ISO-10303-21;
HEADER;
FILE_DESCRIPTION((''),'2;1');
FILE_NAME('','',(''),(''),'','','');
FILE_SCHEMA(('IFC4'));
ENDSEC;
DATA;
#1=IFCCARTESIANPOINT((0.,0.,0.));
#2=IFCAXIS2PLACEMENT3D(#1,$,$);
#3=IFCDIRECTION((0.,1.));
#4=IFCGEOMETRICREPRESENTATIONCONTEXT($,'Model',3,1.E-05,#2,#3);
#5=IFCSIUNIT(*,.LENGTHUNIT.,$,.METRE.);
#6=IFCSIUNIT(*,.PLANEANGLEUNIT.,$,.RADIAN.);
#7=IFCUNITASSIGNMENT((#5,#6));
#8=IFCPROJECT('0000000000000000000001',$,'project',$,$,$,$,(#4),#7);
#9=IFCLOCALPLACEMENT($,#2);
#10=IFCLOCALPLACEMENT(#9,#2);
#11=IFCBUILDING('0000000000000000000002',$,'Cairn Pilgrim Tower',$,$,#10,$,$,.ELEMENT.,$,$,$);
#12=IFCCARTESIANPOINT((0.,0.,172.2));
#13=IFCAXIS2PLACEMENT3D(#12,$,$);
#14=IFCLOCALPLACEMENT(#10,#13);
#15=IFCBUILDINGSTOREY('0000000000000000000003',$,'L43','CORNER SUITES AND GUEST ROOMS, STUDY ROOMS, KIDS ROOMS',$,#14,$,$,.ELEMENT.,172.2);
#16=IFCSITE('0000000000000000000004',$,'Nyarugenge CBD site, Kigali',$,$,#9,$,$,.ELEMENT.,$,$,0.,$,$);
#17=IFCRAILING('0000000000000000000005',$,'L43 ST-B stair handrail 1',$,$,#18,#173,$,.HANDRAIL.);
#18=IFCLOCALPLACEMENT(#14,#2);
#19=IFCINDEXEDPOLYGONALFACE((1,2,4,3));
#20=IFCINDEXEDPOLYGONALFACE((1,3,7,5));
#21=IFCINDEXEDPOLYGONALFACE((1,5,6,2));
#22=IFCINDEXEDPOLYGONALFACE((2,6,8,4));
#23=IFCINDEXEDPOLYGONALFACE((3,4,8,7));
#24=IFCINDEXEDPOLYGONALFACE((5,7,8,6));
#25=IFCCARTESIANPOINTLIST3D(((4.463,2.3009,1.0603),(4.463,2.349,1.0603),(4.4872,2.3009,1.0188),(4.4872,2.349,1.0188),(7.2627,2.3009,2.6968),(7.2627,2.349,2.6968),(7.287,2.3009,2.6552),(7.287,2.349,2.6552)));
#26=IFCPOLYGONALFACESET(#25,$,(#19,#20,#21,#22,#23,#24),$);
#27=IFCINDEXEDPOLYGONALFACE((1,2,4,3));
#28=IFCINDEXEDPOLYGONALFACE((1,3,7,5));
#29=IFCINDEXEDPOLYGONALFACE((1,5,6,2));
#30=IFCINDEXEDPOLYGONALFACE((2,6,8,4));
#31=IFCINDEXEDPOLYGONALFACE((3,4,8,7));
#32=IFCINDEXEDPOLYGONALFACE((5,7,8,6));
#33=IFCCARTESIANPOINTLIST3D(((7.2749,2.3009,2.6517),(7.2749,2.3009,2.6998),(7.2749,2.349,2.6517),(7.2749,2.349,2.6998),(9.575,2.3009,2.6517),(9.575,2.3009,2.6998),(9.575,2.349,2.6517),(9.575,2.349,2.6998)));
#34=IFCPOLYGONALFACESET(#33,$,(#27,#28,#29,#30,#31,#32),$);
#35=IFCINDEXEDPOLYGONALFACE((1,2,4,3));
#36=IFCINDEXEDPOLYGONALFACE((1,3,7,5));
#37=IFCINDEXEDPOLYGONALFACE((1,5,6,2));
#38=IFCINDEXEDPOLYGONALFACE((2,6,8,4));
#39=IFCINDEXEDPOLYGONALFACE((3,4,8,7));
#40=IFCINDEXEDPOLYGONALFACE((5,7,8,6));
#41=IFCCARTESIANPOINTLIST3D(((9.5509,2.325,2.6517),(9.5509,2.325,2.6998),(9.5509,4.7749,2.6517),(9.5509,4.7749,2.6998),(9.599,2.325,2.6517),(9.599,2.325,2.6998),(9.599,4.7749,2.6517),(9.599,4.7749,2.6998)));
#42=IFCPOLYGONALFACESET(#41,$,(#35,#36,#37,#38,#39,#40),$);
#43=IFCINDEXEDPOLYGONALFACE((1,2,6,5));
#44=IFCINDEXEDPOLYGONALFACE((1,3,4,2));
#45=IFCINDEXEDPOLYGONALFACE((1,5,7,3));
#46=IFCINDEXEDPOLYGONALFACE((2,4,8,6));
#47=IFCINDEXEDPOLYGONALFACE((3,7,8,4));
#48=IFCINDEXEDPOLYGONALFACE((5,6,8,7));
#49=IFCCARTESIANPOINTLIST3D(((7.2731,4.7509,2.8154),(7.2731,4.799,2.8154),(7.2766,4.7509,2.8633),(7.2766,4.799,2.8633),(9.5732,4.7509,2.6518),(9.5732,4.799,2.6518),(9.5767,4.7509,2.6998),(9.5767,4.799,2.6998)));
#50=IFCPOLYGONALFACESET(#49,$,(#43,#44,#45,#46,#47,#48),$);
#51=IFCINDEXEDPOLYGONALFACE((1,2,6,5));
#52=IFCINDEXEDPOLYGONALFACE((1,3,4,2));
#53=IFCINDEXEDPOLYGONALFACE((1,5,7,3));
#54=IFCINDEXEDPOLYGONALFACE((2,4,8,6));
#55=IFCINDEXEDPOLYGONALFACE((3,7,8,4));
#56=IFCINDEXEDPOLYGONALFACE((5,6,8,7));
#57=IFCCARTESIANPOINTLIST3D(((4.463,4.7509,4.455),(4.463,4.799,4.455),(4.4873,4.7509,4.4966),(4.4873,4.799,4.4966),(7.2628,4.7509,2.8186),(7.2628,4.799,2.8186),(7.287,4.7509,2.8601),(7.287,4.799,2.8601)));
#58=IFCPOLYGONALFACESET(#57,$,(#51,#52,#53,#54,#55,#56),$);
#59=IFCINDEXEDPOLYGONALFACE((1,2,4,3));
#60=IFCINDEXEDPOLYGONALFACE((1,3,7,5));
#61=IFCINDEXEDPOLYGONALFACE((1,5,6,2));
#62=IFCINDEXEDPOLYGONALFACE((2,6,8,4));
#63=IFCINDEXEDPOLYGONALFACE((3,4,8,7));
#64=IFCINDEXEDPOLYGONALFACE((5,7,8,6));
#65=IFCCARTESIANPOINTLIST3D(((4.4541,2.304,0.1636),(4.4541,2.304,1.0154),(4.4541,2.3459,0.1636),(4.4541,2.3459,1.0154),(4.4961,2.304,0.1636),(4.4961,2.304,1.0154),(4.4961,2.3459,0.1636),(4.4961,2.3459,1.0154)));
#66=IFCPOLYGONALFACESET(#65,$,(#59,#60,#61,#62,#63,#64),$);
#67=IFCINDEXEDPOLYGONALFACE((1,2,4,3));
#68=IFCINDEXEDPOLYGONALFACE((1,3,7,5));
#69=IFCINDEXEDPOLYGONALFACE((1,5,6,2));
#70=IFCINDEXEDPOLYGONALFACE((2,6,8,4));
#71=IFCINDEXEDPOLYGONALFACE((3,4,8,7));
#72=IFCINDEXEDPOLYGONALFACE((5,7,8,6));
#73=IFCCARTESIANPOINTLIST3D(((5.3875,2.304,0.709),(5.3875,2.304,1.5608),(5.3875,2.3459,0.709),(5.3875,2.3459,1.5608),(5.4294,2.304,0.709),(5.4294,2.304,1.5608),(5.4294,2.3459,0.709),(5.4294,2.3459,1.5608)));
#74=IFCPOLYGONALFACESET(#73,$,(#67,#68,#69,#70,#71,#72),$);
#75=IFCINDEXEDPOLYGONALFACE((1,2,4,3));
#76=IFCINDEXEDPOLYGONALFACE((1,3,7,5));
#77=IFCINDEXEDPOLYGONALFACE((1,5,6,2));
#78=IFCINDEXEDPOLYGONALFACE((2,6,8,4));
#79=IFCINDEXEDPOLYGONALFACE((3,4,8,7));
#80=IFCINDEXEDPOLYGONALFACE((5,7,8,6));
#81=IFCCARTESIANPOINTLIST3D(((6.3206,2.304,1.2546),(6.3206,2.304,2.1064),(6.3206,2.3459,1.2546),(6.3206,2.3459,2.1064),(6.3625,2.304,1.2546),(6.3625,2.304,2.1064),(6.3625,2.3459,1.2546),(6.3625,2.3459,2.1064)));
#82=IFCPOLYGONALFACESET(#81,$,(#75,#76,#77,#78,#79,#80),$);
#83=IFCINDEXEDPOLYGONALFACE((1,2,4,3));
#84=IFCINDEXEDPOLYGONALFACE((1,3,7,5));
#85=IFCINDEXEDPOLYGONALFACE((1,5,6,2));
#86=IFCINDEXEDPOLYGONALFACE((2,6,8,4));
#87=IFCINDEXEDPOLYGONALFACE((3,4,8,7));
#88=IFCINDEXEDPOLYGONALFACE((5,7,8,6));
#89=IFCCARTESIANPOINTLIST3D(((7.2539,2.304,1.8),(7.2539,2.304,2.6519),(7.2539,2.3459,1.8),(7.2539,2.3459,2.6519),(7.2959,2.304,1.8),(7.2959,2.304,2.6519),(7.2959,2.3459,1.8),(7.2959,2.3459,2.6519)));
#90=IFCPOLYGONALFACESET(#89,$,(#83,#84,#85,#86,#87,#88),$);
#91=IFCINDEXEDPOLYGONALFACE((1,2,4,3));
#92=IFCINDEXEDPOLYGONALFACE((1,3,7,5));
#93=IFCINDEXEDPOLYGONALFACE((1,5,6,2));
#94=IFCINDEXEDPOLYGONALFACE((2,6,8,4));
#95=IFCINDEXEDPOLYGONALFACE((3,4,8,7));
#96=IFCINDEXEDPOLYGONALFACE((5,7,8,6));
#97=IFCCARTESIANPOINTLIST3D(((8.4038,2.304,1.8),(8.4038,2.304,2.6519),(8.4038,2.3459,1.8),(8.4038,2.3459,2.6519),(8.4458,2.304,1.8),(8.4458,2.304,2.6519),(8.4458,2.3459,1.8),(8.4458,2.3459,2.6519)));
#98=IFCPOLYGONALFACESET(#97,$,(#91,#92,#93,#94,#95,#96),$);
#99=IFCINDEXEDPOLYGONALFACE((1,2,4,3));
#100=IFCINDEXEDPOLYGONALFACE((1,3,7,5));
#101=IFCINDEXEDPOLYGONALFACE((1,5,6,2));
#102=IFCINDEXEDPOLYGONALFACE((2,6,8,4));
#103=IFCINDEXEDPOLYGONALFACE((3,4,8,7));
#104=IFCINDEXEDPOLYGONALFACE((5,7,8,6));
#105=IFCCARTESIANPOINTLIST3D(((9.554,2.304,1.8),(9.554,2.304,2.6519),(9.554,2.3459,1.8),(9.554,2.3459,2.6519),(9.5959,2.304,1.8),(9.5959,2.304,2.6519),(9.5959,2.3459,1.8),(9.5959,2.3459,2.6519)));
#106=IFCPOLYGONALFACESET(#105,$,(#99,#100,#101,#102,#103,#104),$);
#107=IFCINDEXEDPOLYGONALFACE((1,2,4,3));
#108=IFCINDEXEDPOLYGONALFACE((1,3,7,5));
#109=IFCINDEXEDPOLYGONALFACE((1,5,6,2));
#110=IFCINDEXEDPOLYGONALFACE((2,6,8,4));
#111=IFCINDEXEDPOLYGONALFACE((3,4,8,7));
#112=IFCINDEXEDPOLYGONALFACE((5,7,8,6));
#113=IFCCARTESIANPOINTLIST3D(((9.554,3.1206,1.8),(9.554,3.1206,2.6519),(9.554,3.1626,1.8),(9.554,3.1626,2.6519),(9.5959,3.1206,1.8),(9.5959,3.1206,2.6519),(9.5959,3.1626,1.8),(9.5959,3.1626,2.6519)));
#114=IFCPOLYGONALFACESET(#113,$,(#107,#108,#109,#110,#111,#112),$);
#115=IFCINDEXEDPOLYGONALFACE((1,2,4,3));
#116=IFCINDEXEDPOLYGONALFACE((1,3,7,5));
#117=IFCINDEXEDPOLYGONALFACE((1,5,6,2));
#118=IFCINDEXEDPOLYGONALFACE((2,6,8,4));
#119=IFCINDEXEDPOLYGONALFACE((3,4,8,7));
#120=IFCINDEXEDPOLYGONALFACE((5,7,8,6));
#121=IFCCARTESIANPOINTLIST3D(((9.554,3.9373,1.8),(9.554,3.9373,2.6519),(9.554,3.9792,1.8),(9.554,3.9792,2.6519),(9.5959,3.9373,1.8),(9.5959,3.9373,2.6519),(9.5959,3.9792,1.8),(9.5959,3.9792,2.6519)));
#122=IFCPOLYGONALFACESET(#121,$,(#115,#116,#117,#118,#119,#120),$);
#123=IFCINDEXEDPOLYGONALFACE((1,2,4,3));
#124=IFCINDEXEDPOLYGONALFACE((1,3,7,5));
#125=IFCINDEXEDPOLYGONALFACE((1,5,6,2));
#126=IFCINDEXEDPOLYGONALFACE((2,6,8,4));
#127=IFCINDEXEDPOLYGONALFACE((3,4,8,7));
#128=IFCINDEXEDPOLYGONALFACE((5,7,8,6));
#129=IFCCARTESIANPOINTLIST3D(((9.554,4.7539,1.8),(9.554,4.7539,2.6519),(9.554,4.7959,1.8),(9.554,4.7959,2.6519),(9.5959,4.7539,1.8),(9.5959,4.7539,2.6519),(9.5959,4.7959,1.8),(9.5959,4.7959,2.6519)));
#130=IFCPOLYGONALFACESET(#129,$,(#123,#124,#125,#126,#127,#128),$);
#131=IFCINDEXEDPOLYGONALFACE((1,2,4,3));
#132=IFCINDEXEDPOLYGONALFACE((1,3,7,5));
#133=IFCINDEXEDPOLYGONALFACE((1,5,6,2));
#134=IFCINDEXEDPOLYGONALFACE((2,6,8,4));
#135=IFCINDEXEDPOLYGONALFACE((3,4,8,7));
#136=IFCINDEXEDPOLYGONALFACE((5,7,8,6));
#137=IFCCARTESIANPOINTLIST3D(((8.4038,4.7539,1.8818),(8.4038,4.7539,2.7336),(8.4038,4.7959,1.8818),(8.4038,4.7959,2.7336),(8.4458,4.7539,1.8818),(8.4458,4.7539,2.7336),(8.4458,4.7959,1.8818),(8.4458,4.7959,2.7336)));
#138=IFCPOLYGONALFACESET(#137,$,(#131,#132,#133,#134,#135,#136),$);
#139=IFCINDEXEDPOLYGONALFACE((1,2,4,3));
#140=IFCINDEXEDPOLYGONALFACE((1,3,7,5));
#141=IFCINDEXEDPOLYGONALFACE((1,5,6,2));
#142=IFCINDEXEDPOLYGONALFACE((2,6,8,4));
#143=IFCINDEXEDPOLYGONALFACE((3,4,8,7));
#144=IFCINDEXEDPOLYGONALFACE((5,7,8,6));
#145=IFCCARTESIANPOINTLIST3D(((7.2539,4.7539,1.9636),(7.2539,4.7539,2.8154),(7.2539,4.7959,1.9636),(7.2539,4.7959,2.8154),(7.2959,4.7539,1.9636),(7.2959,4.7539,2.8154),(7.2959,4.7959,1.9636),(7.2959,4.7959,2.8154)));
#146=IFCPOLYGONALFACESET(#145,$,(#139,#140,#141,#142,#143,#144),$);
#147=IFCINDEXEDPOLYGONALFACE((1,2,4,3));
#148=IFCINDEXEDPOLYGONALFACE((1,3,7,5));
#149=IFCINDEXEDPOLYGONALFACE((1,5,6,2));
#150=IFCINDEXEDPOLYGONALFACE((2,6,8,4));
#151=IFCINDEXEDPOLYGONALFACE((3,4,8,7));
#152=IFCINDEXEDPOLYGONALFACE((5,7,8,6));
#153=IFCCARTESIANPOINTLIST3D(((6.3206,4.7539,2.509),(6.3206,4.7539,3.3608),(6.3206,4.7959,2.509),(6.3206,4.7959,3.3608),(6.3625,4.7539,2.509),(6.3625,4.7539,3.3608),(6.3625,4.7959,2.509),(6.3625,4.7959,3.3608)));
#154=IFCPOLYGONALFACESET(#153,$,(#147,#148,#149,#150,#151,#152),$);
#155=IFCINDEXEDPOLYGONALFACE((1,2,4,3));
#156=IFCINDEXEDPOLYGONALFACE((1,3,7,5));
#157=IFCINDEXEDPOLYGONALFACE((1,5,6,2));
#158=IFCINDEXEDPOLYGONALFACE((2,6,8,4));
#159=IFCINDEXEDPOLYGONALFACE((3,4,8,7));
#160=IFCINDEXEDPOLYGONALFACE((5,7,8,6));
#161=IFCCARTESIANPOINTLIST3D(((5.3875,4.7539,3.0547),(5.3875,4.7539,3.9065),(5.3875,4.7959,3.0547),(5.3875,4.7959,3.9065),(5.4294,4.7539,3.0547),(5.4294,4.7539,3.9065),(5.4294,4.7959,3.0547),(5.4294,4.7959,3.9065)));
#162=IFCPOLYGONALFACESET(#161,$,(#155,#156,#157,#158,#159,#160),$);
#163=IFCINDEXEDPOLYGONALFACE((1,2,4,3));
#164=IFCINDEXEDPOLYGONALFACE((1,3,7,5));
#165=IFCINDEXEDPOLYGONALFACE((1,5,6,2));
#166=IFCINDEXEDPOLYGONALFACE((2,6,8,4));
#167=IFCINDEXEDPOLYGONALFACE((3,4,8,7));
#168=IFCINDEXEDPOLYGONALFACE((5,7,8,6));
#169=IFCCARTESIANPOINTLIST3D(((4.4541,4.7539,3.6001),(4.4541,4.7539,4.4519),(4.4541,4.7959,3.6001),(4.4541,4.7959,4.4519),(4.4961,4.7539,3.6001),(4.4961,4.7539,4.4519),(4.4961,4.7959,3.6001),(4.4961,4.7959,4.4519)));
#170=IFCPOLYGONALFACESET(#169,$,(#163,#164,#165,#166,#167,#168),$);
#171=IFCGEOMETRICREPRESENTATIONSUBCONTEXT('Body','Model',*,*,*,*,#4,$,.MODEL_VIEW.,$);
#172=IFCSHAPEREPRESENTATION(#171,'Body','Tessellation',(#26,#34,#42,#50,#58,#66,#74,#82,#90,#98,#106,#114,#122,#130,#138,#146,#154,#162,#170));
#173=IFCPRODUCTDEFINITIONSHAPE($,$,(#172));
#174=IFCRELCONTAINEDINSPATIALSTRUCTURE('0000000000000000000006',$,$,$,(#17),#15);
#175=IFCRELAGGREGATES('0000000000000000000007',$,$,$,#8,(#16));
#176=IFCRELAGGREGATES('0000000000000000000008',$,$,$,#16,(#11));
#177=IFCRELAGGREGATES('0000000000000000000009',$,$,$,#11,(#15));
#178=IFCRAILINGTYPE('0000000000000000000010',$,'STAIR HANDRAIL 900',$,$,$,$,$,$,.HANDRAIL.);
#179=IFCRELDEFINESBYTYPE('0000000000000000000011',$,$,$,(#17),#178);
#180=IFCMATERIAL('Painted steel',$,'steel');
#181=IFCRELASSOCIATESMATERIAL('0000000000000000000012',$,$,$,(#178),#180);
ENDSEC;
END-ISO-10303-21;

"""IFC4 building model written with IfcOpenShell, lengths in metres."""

from ifc_helpers import new_model, si_unit, direction, frame, origin, origin_2d, place, context, subcontext, project, spatial, rectangle, extrude, material, type_object, element, save


model = new_model("IFC4")

# Units and contexts
model_context = context("Model", 3, precision=1e-05, world=origin(), true_north=direction((0.0, 1.0)))
body_context = subcontext(model_context, "Body", "Model", "MODEL_VIEW")
ifc_project = project(units=[si_unit("LENGTHUNIT", "METRE"), si_unit("PLANEANGLEUNIT", "RADIAN")], contexts=[model_context])

# Site, building, storey
site_placement = place(None, origin())
site = spatial("IfcSite", under=ifc_project, at=site_placement, Name="Nyarugenge CBD site, Kigali", CompositionType="ELEMENT", RefElevation=0.0)
building_placement = place(site_placement, origin())
building = spatial("IfcBuilding", under=site, at=building_placement, Name="Cairn Pilgrim Tower", CompositionType="ELEMENT")
storey_placement = place(building_placement, frame((0.0, 0.0, 172.2)))
storey = spatial("IfcBuildingStorey", under=building, at=storey_placement, Name="L43", Description="CORNER SUITES AND GUEST ROOMS, STUDY ROOMS, KIDS ROOMS", CompositionType="ELEMENT", Elevation=172.2)

# Shared definitions
ifc_material_1 = material(Name="Painted steel", Category="steel")

# Railing
railing_type = type_object("IfcRailingType", Name="STAIR HANDRAIL 900", PredefinedType="HANDRAIL", material=ifc_material_1)
railing_placement = place(storey_placement, frame((4.4751, 2.325, 0.1636)))
element("IfcRailing", 1, at=railing_placement, inside=storey, type_object=railing_type, Name="L43 ST-B stair handrail 1", PredefinedType="HANDRAIL", context=body_context, shape_type="SweptSolid", body=[
    extrude(rectangle(XDim=0.0481, YDim=0.0481, at=origin_2d()), frame((0.0, 0.0, 0.876), z_axis=(0.863342, 0.0, 0.50462), x_axis=(0.0, 1.0, 0.0)), (0.0, 0.0, 1.0), 3.2429),
    extrude(rectangle(XDim=0.0481, YDim=0.0481, at=origin_2d()), frame((2.7998, 0.0, 2.5122), z_axis=(1.0, 0.0, 0.0), x_axis=(0.0, 1.0, 0.0)), (0.0, 0.0, 1.0), 2.3),
    extrude(rectangle(XDim=0.0481, YDim=0.0481, at=origin_2d()), frame((5.0999, 0.0, 2.5122), z_axis=(0.0, 1.0, 0.0), x_axis=(-1.0, 0.0, 0.0)), (0.0, 0.0, 1.0), 2.45),
    extrude(rectangle(XDim=0.0481, YDim=0.0481, at=origin_2d()), frame((5.0999, 2.45, 2.5122), z_axis=(-0.997481, 0.0, 0.070939), x_axis=(0.0, -1.0, 0.0)), (0.0, 0.0, 1.0), 2.3059),
    extrude(rectangle(XDim=0.0481, YDim=0.0481, at=origin_2d()), frame((2.7998, 2.45, 2.6758), z_axis=(-0.863342, 0.0, 0.50462), x_axis=(0.0, -1.0, 0.0)), (0.0, 0.0, 1.0), 3.2429),
    extrude(rectangle(XDim=0.042, YDim=0.042, at=origin_2d()), origin(), (0.0, 0.0, 1.0), 0.8518),
    extrude(rectangle(XDim=0.042, YDim=0.042, at=origin_2d()), frame((0.9333, 0.0, 0.5454)), (0.0, 0.0, 1.0), 0.8518),
    extrude(rectangle(XDim=0.042, YDim=0.042, at=origin_2d()), frame((1.8665, 0.0, 1.0911)), (0.0, 0.0, 1.0), 0.8518),
    extrude(rectangle(XDim=0.042, YDim=0.042, at=origin_2d()), frame((2.7998, 0.0, 1.6365)), (0.0, 0.0, 1.0), 0.8518),
    extrude(rectangle(XDim=0.042, YDim=0.042, at=origin_2d()), frame((3.9497, 0.0, 1.6365)), (0.0, 0.0, 1.0), 0.8518),
    extrude(rectangle(XDim=0.042, YDim=0.042, at=origin_2d()), frame((5.0999, 0.0, 1.6365)), (0.0, 0.0, 1.0), 0.8518),
    extrude(rectangle(XDim=0.042, YDim=0.042, at=origin_2d()), frame((5.0999, 0.8167, 1.6365)), (0.0, 0.0, 1.0), 0.8518),
    extrude(rectangle(XDim=0.042, YDim=0.042, at=origin_2d()), frame((5.0999, 1.6333, 1.6365)), (0.0, 0.0, 1.0), 0.8518),
    extrude(rectangle(XDim=0.042, YDim=0.042, at=origin_2d()), frame((5.0999, 2.45, 1.6365)), (0.0, 0.0, 1.0), 0.8518),
    extrude(rectangle(XDim=0.042, YDim=0.042, at=origin_2d()), frame((3.9497, 2.45, 1.7183)), (0.0, 0.0, 1.0), 0.8518),
    extrude(rectangle(XDim=0.042, YDim=0.042, at=origin_2d()), frame((2.7998, 2.45, 1.8)), (0.0, 0.0, 1.0), 0.8518),
    extrude(rectangle(XDim=0.042, YDim=0.042, at=origin_2d()), frame((1.8665, 2.45, 2.3455)), (0.0, 0.0, 1.0), 0.8518),
    extrude(rectangle(XDim=0.042, YDim=0.042, at=origin_2d()), frame((0.9333, 2.45, 2.8911)), (0.0, 0.0, 1.0), 0.8518),
    extrude(rectangle(XDim=0.042, YDim=0.042, at=origin_2d()), frame((0.0, 2.45, 3.4365)), (0.0, 0.0, 1.0), 0.8518),
])

save(model, "model.ifc")
